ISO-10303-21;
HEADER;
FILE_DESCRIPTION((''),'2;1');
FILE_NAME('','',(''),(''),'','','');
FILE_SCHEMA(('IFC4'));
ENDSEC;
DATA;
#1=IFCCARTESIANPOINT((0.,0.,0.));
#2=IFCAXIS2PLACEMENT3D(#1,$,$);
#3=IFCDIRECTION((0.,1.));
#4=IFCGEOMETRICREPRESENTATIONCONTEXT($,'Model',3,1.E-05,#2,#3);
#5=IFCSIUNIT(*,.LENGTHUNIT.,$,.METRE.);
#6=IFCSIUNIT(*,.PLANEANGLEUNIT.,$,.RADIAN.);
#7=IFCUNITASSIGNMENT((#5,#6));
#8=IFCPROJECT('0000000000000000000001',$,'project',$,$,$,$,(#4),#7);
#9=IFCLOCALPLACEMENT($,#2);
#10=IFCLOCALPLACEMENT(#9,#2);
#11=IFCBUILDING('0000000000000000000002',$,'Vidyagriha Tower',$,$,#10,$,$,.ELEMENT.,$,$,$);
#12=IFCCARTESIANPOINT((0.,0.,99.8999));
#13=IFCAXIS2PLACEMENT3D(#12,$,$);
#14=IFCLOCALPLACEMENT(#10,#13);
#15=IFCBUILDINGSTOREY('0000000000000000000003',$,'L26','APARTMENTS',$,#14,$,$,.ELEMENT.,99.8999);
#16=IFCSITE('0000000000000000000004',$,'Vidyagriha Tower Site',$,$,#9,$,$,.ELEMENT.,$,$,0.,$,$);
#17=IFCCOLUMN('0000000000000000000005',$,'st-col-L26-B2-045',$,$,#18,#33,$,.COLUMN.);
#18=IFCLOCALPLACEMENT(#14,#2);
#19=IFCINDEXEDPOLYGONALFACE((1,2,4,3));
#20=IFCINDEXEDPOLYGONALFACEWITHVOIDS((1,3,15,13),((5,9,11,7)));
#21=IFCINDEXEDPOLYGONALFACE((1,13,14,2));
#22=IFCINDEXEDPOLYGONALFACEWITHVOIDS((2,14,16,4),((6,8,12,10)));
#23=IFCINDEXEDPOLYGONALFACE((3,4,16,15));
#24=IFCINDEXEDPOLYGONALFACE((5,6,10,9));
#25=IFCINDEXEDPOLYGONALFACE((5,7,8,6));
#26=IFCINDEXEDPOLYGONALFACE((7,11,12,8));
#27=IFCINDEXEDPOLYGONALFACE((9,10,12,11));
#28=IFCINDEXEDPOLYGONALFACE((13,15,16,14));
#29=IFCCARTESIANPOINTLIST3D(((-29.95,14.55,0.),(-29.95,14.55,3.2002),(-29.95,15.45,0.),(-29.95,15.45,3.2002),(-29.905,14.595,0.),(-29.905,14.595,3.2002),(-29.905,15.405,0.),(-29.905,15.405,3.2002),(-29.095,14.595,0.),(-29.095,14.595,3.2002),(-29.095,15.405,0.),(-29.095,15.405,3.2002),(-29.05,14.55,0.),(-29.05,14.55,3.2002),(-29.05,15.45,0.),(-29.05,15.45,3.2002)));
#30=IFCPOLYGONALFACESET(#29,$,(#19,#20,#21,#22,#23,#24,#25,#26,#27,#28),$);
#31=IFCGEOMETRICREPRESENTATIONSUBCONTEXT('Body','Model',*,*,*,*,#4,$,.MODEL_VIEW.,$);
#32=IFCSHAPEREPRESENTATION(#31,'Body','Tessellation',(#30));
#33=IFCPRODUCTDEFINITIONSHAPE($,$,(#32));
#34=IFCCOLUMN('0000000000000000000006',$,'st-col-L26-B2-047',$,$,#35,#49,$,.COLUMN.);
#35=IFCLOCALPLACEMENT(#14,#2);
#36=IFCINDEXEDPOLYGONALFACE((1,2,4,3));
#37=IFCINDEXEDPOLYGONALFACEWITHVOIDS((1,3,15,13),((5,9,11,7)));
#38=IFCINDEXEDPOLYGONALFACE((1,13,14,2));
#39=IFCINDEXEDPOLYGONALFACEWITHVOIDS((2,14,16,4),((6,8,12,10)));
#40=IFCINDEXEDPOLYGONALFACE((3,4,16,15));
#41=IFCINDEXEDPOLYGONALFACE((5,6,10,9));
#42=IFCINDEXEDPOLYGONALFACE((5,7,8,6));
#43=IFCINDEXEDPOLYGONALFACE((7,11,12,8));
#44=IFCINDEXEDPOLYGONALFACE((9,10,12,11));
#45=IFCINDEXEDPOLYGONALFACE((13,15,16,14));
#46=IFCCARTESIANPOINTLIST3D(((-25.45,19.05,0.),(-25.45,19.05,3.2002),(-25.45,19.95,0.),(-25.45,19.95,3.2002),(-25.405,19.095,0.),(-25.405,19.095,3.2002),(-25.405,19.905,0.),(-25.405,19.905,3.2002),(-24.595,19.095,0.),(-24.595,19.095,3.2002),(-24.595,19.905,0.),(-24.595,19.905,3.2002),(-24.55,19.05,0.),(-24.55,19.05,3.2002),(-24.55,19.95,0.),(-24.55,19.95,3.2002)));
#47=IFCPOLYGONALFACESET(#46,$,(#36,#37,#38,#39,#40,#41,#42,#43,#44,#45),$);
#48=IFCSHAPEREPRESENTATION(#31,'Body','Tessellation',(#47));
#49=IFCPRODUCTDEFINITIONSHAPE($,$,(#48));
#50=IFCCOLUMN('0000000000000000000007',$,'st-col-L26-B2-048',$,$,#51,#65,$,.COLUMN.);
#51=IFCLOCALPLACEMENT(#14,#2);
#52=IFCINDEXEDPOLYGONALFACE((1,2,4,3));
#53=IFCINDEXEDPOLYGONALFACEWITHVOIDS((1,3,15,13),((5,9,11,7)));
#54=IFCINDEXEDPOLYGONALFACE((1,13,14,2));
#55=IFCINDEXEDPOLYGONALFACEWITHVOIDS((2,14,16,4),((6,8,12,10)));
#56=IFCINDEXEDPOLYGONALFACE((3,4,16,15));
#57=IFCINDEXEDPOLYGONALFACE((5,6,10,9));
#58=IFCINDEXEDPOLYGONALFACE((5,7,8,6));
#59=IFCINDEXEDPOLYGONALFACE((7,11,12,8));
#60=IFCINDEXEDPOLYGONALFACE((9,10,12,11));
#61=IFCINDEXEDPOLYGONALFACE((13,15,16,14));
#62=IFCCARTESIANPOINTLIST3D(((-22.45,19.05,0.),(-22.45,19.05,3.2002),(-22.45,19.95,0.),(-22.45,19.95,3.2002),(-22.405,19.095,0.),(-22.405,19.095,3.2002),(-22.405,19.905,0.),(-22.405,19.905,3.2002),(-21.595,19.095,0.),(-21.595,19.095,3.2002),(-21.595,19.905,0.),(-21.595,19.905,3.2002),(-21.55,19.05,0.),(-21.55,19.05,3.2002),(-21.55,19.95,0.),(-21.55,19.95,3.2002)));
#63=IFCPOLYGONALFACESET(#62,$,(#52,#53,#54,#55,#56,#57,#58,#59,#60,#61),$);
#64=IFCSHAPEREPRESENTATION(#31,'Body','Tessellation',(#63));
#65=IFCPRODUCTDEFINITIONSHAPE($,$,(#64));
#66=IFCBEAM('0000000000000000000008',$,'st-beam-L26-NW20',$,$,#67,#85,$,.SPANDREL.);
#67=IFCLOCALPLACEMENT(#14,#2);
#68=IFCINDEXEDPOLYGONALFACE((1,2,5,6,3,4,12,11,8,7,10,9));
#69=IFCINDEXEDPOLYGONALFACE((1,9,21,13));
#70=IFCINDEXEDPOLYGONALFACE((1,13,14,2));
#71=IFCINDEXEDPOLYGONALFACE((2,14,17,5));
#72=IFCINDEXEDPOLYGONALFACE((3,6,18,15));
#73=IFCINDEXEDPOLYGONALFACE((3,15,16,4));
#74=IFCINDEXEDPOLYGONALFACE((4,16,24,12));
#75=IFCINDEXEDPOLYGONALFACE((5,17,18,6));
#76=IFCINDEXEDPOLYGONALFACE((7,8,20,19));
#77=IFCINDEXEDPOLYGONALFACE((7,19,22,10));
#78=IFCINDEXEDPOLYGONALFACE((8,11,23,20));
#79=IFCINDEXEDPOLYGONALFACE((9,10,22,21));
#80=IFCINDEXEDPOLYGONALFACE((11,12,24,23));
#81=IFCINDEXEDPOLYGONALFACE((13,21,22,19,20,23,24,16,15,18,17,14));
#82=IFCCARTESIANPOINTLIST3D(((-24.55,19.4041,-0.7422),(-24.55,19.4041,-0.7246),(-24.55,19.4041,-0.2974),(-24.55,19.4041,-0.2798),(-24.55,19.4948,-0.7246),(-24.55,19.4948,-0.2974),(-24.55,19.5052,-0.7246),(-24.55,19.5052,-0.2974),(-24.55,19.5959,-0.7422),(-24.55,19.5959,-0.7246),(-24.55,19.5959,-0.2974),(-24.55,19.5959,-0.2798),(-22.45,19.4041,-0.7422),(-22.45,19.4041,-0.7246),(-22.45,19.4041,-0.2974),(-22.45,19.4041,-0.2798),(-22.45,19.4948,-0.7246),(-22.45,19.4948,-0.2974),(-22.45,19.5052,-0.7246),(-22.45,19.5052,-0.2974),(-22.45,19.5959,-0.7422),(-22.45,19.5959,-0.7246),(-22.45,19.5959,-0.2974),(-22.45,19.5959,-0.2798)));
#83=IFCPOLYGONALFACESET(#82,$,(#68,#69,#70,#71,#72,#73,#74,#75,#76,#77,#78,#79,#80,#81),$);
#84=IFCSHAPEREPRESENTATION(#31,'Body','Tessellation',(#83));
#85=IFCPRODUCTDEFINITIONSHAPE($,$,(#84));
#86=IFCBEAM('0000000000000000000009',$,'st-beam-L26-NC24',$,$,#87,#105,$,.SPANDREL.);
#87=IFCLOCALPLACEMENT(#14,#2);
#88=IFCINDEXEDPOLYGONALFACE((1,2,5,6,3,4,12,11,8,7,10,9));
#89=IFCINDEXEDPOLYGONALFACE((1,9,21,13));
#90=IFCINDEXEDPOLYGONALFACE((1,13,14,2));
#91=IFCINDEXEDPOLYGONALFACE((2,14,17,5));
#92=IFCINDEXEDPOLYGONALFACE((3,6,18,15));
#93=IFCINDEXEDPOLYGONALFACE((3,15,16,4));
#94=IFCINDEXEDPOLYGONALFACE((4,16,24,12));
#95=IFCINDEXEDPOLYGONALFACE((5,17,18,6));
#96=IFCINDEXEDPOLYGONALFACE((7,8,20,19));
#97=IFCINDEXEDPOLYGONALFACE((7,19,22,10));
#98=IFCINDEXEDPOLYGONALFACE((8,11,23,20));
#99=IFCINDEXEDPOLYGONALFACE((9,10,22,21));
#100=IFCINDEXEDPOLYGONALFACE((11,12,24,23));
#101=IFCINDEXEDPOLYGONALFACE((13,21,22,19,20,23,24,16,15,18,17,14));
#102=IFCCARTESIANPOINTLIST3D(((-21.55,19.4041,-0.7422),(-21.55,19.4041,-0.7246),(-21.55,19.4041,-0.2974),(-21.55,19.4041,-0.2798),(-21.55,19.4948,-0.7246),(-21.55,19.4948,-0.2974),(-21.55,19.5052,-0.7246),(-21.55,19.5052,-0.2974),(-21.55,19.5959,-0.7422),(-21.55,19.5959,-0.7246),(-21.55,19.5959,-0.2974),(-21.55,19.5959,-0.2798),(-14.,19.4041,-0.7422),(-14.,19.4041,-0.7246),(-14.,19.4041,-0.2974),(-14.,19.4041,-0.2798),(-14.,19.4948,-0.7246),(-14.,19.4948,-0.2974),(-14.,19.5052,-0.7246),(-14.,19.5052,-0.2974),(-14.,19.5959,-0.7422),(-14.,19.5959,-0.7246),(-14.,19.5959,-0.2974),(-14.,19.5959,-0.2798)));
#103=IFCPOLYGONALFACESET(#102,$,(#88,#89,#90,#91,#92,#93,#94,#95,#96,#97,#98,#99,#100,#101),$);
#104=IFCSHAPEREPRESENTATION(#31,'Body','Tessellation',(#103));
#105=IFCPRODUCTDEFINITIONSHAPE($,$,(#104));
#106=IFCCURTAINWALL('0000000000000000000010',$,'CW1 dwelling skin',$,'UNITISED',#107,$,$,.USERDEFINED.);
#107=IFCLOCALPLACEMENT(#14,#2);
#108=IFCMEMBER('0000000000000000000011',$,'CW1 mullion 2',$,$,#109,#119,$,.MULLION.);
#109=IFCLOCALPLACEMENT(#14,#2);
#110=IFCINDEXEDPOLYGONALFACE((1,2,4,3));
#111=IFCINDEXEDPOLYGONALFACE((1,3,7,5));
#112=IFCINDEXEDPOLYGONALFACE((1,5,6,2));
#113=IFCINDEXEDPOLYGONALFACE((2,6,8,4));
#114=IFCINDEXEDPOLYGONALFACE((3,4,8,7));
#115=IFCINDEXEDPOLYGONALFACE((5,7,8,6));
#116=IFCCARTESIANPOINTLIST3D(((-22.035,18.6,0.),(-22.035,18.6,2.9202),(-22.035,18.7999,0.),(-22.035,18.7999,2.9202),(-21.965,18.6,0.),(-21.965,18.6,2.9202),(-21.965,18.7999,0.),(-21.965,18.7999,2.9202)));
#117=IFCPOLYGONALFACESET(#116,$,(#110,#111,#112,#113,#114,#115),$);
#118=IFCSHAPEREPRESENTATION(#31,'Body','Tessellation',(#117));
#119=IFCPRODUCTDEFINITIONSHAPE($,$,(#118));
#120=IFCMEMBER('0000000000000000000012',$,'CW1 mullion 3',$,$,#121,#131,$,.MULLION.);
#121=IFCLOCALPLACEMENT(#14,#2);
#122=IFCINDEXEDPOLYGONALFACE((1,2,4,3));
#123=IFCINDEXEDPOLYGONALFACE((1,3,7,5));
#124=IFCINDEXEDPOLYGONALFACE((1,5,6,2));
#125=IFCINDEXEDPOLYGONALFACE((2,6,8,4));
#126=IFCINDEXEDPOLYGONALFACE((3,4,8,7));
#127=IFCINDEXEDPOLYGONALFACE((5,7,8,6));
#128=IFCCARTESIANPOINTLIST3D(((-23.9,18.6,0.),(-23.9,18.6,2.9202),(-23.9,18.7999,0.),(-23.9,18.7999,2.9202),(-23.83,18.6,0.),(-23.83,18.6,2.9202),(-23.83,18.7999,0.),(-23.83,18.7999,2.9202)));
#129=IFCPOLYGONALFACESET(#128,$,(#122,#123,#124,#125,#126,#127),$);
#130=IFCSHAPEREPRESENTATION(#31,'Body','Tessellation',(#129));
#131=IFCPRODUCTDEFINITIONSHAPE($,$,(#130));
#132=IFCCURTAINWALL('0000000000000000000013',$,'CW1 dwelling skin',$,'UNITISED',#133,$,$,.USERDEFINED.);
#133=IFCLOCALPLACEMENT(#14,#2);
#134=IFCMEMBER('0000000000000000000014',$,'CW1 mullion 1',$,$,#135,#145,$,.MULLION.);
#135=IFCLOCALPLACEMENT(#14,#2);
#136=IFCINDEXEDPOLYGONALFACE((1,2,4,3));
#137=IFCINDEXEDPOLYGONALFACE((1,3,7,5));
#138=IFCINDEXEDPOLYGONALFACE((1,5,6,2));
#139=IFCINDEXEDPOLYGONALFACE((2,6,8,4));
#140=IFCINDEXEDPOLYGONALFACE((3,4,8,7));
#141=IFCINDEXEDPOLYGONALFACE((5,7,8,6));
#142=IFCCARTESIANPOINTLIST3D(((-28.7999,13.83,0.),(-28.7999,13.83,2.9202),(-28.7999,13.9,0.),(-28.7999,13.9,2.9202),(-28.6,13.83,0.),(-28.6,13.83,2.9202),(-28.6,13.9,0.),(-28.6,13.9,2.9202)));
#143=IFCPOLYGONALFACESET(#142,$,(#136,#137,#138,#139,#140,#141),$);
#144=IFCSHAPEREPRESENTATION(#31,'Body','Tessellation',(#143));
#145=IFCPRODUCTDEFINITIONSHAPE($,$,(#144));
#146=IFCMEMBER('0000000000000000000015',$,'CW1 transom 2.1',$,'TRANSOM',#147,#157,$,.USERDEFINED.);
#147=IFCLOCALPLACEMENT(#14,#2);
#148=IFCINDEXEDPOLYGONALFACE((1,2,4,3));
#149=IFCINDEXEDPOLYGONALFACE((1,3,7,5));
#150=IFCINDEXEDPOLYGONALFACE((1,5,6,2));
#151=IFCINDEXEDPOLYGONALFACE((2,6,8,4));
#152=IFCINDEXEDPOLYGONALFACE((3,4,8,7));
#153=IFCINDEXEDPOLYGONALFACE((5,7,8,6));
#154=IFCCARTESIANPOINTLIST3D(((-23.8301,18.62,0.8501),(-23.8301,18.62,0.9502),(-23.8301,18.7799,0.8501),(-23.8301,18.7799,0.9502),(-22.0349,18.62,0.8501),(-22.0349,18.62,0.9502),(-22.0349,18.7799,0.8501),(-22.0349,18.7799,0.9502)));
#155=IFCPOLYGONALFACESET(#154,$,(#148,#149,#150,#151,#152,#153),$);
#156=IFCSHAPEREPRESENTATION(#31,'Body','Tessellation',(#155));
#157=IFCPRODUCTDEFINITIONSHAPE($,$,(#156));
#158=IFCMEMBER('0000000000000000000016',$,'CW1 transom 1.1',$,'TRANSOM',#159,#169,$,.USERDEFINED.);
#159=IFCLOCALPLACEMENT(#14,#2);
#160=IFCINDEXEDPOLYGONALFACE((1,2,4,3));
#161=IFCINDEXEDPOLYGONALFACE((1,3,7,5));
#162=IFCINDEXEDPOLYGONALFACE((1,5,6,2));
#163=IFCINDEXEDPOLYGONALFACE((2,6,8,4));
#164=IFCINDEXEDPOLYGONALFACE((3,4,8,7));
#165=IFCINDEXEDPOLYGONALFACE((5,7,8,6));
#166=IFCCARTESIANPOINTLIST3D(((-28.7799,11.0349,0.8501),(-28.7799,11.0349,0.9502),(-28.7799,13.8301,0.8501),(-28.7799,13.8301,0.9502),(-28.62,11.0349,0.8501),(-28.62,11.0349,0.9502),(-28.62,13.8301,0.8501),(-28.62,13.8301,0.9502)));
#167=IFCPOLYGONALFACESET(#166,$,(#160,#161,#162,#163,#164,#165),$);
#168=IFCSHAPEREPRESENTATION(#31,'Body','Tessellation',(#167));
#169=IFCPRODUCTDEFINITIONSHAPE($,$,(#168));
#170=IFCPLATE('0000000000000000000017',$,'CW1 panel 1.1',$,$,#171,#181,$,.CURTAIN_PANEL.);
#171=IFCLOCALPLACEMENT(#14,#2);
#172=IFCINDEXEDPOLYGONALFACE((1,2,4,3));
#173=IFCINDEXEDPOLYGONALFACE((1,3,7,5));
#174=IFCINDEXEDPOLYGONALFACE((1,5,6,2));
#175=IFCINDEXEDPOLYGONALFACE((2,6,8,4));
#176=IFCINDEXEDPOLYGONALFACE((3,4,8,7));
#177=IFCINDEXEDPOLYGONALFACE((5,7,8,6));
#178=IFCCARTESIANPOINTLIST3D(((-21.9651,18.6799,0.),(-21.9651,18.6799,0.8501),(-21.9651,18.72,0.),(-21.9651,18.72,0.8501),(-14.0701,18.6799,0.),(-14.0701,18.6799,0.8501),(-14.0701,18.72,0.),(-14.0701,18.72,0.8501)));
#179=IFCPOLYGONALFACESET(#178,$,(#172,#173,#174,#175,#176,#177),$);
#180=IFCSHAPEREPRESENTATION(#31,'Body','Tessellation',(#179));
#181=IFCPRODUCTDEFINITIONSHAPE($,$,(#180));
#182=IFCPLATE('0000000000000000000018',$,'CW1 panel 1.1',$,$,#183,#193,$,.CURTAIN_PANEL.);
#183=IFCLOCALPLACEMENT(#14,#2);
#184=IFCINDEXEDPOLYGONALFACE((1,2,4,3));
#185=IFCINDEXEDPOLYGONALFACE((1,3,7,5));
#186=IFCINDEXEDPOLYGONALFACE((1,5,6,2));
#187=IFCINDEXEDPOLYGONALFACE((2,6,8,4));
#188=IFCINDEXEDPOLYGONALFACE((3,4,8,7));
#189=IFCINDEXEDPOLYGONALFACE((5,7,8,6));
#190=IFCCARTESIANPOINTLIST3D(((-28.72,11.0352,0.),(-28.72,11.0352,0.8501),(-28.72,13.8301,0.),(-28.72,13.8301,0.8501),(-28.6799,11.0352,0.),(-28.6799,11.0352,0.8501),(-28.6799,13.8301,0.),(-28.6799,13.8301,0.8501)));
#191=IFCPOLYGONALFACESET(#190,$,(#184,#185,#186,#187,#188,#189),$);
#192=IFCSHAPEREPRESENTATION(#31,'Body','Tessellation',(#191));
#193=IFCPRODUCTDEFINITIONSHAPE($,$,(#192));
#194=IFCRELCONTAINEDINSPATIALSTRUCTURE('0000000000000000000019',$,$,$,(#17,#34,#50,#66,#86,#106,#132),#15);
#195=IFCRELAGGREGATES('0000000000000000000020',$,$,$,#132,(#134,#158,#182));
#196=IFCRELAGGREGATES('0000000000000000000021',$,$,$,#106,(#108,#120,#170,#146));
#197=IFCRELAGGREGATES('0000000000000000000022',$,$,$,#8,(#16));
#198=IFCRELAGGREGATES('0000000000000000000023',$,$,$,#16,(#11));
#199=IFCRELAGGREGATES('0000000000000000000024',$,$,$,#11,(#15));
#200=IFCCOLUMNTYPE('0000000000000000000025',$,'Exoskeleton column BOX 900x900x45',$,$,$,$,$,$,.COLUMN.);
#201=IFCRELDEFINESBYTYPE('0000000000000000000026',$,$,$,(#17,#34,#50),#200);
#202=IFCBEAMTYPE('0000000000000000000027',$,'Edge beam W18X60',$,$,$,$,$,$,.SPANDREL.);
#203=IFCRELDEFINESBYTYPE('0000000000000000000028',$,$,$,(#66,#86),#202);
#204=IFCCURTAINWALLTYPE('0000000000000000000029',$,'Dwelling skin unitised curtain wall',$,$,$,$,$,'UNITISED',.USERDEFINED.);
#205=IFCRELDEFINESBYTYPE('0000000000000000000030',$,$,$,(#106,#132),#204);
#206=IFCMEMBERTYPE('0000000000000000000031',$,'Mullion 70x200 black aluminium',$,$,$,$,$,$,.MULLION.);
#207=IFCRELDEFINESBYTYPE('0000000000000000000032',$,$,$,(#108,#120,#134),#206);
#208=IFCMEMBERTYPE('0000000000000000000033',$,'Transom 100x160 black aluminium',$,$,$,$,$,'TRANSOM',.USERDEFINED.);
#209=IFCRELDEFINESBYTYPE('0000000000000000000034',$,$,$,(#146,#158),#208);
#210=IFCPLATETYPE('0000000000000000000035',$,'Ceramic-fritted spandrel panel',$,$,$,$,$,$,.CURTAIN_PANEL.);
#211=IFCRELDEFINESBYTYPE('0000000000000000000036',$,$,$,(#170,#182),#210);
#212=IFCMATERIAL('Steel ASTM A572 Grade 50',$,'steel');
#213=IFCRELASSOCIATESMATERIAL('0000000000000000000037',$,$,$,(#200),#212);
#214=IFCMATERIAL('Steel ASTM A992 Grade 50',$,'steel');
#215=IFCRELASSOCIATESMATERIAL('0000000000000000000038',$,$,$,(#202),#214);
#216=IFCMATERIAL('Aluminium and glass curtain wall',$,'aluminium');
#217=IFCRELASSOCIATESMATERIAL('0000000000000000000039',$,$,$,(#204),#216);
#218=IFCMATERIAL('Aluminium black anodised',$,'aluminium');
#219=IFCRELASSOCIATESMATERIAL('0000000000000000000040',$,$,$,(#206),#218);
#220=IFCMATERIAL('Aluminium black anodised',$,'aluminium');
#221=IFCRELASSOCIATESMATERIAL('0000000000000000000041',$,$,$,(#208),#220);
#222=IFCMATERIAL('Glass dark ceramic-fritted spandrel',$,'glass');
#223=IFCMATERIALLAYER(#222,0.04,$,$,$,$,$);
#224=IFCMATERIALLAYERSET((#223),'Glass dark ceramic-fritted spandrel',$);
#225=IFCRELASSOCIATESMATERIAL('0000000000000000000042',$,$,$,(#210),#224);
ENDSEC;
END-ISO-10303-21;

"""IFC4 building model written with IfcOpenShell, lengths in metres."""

from ifc_helpers import new_model, si_unit, direction, frame, origin, origin_2d, place, context, subcontext, project, spatial, rectangle, hollow_rectangle, i_section, extrude, material, layer, layer_set, material_profile, profile_set, type_object, element, aggregate, save


model = new_model("IFC4")

# Units and contexts
model_context = context("Model", 3, precision=1e-05, world=origin(), true_north=direction((0.0, 1.0)))
body_context = subcontext(model_context, "Body", "Model", "MODEL_VIEW")
ifc_project = project(units=[si_unit("LENGTHUNIT", "METRE"), si_unit("PLANEANGLEUNIT", "RADIAN")], contexts=[model_context])

# Site, building, storey
site_placement = place(None, origin())
site = spatial("IfcSite", under=ifc_project, at=site_placement, Name="Vidyagriha Tower Site", CompositionType="ELEMENT", RefElevation=0.0)
building_placement = place(site_placement, origin())
building = spatial("IfcBuilding", under=site, at=building_placement, Name="Vidyagriha Tower", CompositionType="ELEMENT")
storey_placement = place(building_placement, frame((0.0, 0.0, 99.8999)))
storey = spatial("IfcBuildingStorey", under=building, at=storey_placement, Name="L26", Description="APARTMENTS", CompositionType="ELEMENT", Elevation=99.8999)

# Columns
ifc_material_1 = material(Name="Steel ASTM A572 Grade 50", Category="steel")
ifc_material_profile_1 = material_profile(ifc_material_1, hollow_rectangle(XDim=0.8999, YDim=0.8999, WallThickness=0.0449, at=origin_2d()), Name="BOX 900x900x45")
ifc_profile_set_1 = profile_set([ifc_material_profile_1], Name="Steel ASTM A572 Grade 50")
column_type = type_object("IfcColumnType", Name="Exoskeleton column BOX 900x900x45", PredefinedType="COLUMN", material=ifc_profile_set_1)
for number, where, name in (
    (1, (-29.5, 15.0, 0.0), "st-col-L26-B2-045"),
    (2, (-25.0, 19.5, 0.0), "st-col-L26-B2-047"),
    (3, (-22.0, 19.5, 0.0), "st-col-L26-B2-048"),
):
    element("IfcColumn", number, at=place(storey_placement, frame(where)), inside=storey, type_object=column_type, Name=name, PredefinedType="COLUMN", context=body_context, shape_type="SweptSolid", body=[
        extrude(hollow_rectangle(XDim=0.8999, YDim=0.8999, WallThickness=0.0449, at=origin_2d()), origin(), (0.0, 0.0, 1.0), 3.2002),
    ])

# Beams
ifc_material_2 = material(Name="Steel ASTM A992 Grade 50", Category="steel")
ifc_material_profile_2 = material_profile(ifc_material_2, i_section(OverallWidth=0.1919, OverallDepth=0.4624, WebThickness=0.0105, FlangeThickness=0.0176, at=origin_2d()), Name="W18X60")
ifc_profile_set_2 = profile_set([ifc_material_profile_2], Name="Steel ASTM A992 Grade 50")
beam_type = type_object("IfcBeamType", Name="Edge beam W18X60", PredefinedType="SPANDREL", material=ifc_profile_set_2)
beam_1_placement = place(storey_placement, frame((-24.55, 19.5, -0.511), z_axis=(1.0, 0.0, 0.0), x_axis=(0.0, 1.0, 0.0)))
element("IfcBeam", 4, at=beam_1_placement, inside=storey, type_object=beam_type, Name="st-beam-L26-NW20", PredefinedType="SPANDREL", context=body_context, shape_type="SweptSolid", body=[
    extrude(i_section(OverallWidth=0.1919, OverallDepth=0.4624, WebThickness=0.0105, FlangeThickness=0.0176, at=origin_2d()), origin(), (0.0, 0.0, 1.0), 2.1001),
])
beam_2_placement = place(storey_placement, frame((-21.55, 19.5, -0.511), z_axis=(1.0, 0.0, 0.0), x_axis=(0.0, 1.0, 0.0)))
element("IfcBeam", 5, at=beam_2_placement, inside=storey, type_object=beam_type, Name="st-beam-L26-NC24", PredefinedType="SPANDREL", context=body_context, shape_type="SweptSolid", body=[
    extrude(i_section(OverallWidth=0.1919, OverallDepth=0.4624, WebThickness=0.0105, FlangeThickness=0.0176, at=origin_2d()), origin(), (0.0, 0.0, 1.0), 7.55),
])

# Curtain wall, members
ifc_material_3 = material(Name="Aluminium and glass curtain wall", Category="aluminium")
curtain_wall_type = type_object("IfcCurtainWallType", Name="Dwelling skin unitised curtain wall", ElementType="UNITISED", PredefinedType="USERDEFINED", material=ifc_material_3)
curtain_wall_1_placement = place(storey_placement, origin())
curtain_wall_1 = element("IfcCurtainWall", 6, at=curtain_wall_1_placement, inside=storey, type_object=curtain_wall_type, Name="CW1 dwelling skin", ObjectType="UNITISED", PredefinedType="USERDEFINED")
ifc_material_4 = material(Name="Aluminium black anodised", Category="aluminium")
ifc_material_profile_3 = material_profile(ifc_material_4, rectangle(XDim=0.2, YDim=0.0701, at=origin_2d()), Name="Mullion 70x200 black aluminium")
ifc_profile_set_3 = profile_set([ifc_material_profile_3], Name="Aluminium black anodised")
member_type_1 = type_object("IfcMemberType", Name="Mullion 70x200 black aluminium", PredefinedType="MULLION", material=ifc_profile_set_3)
member_1_placement = place(storey_placement, frame((-22.0, 18.7, 0.0), z_axis=(0.0, 0.0, 1.0), x_axis=(0.0, -1.0, 0.0)))
member_1 = element("IfcMember", 7, at=member_1_placement, type_object=member_type_1, Name="CW1 mullion 2", PredefinedType="MULLION", context=body_context, shape_type="SweptSolid", body=[
    extrude(rectangle(XDim=0.2, YDim=0.0701, at=origin_2d()), origin(), (0.0, 0.0, 1.0), 2.9202),
])
member_2_placement = place(storey_placement, frame((-23.865, 18.7, 0.0), z_axis=(0.0, 0.0, 1.0), x_axis=(0.0, -1.0, 0.0)))
member_2 = element("IfcMember", 8, at=member_2_placement, type_object=member_type_1, Name="CW1 mullion 3", PredefinedType="MULLION", context=body_context, shape_type="SweptSolid", body=[
    extrude(rectangle(XDim=0.2, YDim=0.0701, at=origin_2d()), origin(), (0.0, 0.0, 1.0), 2.9202),
])

# Curtain wall, member
curtain_wall_2_placement = place(storey_placement, origin())
curtain_wall_2 = element("IfcCurtainWall", 9, at=curtain_wall_2_placement, inside=storey, type_object=curtain_wall_type, Name="CW1 dwelling skin", ObjectType="UNITISED", PredefinedType="USERDEFINED")
member_3_placement = place(storey_placement, frame((-28.7, 13.865, 0.0)))
member_3 = element("IfcMember", 10, at=member_3_placement, type_object=member_type_1, Name="CW1 mullion 1", PredefinedType="MULLION", context=body_context, shape_type="SweptSolid", body=[
    extrude(rectangle(XDim=0.2, YDim=0.0701, at=origin_2d()), origin(), (0.0, 0.0, 1.0), 2.9202),
])

# Members
ifc_material_5 = material(Name="Aluminium black anodised", Category="aluminium")
ifc_material_profile_4 = material_profile(ifc_material_5, rectangle(XDim=0.1599, YDim=0.1001, at=origin_2d()), Name="Transom 100x160 black aluminium")
ifc_profile_set_4 = profile_set([ifc_material_profile_4], Name="Aluminium black anodised")
member_type_2 = type_object("IfcMemberType", Name="Transom 100x160 black aluminium", ElementType="TRANSOM", PredefinedType="USERDEFINED", material=ifc_profile_set_4)
member_4_placement = place(storey_placement, frame((-22.0349, 18.7, 0.9001), z_axis=(-1.0, 0.0, 0.0), x_axis=(0.0, -1.0, 0.0)))
member_4 = element("IfcMember", 11, at=member_4_placement, type_object=member_type_2, Name="CW1 transom 2.1", ObjectType="TRANSOM", PredefinedType="USERDEFINED", context=body_context, shape_type="SweptSolid", body=[
    extrude(rectangle(XDim=0.1599, YDim=0.1001, at=origin_2d()), origin(), (0.0, 0.0, 1.0), 1.7952),
])
member_5_placement = place(storey_placement, frame((-28.7, 13.8301, 0.9001), z_axis=(0.0, -1.0, 0.0), x_axis=(1.0, 0.0, 0.0)))
member_5 = element("IfcMember", 12, at=member_5_placement, type_object=member_type_2, Name="CW1 transom 1.1", ObjectType="TRANSOM", PredefinedType="USERDEFINED", context=body_context, shape_type="SweptSolid", body=[
    extrude(rectangle(XDim=0.1599, YDim=0.1001, at=origin_2d()), origin(), (0.0, 0.0, 1.0), 2.7952),
])

# Plates
ifc_material_6 = material(Name="Glass dark ceramic-fritted spandrel", Category="glass")
ifc_layer_1 = layer(ifc_material_6, 0.04)
ifc_layer_set_1 = layer_set([ifc_layer_1], Name="Glass dark ceramic-fritted spandrel")
plate_type_1 = type_object("IfcPlateType", Name="Ceramic-fritted spandrel panel", PredefinedType="CURTAIN_PANEL", material=ifc_layer_set_1)
plate_1_placement = place(storey_placement, frame((-18.0176, 18.7, 0.0), z_axis=(0.0, 0.0, 1.0), x_axis=(-1.0, 0.0, 0.0)))
plate_1 = element("IfcPlate", 13, at=plate_1_placement, type_object=plate_type_1, Name="CW1 panel 1.1", PredefinedType="CURTAIN_PANEL", context=body_context, shape_type="SweptSolid", body=[
    extrude(rectangle(XDim=7.895, YDim=0.04, at=origin_2d()), origin(), (0.0, 0.0, 1.0), 0.8501),
])
plate_2_placement = place(storey_placement, frame((-28.7, 12.4326, 0.0), z_axis=(0.0, 0.0, 1.0), x_axis=(0.0, -1.0, 0.0)))
plate_2 = element("IfcPlate", 14, at=plate_2_placement, type_object=plate_type_1, Name="CW1 panel 1.1", PredefinedType="CURTAIN_PANEL", context=body_context, shape_type="SweptSolid", body=[
    extrude(rectangle(XDim=2.7949, YDim=0.04, at=origin_2d()), origin(), (0.0, 0.0, 1.0), 0.8501),
])
aggregate(curtain_wall_2, [member_3, member_5, plate_2])
aggregate(curtain_wall_1, [member_1, member_2, plate_1, member_4])

save(model, "model.ifc")
